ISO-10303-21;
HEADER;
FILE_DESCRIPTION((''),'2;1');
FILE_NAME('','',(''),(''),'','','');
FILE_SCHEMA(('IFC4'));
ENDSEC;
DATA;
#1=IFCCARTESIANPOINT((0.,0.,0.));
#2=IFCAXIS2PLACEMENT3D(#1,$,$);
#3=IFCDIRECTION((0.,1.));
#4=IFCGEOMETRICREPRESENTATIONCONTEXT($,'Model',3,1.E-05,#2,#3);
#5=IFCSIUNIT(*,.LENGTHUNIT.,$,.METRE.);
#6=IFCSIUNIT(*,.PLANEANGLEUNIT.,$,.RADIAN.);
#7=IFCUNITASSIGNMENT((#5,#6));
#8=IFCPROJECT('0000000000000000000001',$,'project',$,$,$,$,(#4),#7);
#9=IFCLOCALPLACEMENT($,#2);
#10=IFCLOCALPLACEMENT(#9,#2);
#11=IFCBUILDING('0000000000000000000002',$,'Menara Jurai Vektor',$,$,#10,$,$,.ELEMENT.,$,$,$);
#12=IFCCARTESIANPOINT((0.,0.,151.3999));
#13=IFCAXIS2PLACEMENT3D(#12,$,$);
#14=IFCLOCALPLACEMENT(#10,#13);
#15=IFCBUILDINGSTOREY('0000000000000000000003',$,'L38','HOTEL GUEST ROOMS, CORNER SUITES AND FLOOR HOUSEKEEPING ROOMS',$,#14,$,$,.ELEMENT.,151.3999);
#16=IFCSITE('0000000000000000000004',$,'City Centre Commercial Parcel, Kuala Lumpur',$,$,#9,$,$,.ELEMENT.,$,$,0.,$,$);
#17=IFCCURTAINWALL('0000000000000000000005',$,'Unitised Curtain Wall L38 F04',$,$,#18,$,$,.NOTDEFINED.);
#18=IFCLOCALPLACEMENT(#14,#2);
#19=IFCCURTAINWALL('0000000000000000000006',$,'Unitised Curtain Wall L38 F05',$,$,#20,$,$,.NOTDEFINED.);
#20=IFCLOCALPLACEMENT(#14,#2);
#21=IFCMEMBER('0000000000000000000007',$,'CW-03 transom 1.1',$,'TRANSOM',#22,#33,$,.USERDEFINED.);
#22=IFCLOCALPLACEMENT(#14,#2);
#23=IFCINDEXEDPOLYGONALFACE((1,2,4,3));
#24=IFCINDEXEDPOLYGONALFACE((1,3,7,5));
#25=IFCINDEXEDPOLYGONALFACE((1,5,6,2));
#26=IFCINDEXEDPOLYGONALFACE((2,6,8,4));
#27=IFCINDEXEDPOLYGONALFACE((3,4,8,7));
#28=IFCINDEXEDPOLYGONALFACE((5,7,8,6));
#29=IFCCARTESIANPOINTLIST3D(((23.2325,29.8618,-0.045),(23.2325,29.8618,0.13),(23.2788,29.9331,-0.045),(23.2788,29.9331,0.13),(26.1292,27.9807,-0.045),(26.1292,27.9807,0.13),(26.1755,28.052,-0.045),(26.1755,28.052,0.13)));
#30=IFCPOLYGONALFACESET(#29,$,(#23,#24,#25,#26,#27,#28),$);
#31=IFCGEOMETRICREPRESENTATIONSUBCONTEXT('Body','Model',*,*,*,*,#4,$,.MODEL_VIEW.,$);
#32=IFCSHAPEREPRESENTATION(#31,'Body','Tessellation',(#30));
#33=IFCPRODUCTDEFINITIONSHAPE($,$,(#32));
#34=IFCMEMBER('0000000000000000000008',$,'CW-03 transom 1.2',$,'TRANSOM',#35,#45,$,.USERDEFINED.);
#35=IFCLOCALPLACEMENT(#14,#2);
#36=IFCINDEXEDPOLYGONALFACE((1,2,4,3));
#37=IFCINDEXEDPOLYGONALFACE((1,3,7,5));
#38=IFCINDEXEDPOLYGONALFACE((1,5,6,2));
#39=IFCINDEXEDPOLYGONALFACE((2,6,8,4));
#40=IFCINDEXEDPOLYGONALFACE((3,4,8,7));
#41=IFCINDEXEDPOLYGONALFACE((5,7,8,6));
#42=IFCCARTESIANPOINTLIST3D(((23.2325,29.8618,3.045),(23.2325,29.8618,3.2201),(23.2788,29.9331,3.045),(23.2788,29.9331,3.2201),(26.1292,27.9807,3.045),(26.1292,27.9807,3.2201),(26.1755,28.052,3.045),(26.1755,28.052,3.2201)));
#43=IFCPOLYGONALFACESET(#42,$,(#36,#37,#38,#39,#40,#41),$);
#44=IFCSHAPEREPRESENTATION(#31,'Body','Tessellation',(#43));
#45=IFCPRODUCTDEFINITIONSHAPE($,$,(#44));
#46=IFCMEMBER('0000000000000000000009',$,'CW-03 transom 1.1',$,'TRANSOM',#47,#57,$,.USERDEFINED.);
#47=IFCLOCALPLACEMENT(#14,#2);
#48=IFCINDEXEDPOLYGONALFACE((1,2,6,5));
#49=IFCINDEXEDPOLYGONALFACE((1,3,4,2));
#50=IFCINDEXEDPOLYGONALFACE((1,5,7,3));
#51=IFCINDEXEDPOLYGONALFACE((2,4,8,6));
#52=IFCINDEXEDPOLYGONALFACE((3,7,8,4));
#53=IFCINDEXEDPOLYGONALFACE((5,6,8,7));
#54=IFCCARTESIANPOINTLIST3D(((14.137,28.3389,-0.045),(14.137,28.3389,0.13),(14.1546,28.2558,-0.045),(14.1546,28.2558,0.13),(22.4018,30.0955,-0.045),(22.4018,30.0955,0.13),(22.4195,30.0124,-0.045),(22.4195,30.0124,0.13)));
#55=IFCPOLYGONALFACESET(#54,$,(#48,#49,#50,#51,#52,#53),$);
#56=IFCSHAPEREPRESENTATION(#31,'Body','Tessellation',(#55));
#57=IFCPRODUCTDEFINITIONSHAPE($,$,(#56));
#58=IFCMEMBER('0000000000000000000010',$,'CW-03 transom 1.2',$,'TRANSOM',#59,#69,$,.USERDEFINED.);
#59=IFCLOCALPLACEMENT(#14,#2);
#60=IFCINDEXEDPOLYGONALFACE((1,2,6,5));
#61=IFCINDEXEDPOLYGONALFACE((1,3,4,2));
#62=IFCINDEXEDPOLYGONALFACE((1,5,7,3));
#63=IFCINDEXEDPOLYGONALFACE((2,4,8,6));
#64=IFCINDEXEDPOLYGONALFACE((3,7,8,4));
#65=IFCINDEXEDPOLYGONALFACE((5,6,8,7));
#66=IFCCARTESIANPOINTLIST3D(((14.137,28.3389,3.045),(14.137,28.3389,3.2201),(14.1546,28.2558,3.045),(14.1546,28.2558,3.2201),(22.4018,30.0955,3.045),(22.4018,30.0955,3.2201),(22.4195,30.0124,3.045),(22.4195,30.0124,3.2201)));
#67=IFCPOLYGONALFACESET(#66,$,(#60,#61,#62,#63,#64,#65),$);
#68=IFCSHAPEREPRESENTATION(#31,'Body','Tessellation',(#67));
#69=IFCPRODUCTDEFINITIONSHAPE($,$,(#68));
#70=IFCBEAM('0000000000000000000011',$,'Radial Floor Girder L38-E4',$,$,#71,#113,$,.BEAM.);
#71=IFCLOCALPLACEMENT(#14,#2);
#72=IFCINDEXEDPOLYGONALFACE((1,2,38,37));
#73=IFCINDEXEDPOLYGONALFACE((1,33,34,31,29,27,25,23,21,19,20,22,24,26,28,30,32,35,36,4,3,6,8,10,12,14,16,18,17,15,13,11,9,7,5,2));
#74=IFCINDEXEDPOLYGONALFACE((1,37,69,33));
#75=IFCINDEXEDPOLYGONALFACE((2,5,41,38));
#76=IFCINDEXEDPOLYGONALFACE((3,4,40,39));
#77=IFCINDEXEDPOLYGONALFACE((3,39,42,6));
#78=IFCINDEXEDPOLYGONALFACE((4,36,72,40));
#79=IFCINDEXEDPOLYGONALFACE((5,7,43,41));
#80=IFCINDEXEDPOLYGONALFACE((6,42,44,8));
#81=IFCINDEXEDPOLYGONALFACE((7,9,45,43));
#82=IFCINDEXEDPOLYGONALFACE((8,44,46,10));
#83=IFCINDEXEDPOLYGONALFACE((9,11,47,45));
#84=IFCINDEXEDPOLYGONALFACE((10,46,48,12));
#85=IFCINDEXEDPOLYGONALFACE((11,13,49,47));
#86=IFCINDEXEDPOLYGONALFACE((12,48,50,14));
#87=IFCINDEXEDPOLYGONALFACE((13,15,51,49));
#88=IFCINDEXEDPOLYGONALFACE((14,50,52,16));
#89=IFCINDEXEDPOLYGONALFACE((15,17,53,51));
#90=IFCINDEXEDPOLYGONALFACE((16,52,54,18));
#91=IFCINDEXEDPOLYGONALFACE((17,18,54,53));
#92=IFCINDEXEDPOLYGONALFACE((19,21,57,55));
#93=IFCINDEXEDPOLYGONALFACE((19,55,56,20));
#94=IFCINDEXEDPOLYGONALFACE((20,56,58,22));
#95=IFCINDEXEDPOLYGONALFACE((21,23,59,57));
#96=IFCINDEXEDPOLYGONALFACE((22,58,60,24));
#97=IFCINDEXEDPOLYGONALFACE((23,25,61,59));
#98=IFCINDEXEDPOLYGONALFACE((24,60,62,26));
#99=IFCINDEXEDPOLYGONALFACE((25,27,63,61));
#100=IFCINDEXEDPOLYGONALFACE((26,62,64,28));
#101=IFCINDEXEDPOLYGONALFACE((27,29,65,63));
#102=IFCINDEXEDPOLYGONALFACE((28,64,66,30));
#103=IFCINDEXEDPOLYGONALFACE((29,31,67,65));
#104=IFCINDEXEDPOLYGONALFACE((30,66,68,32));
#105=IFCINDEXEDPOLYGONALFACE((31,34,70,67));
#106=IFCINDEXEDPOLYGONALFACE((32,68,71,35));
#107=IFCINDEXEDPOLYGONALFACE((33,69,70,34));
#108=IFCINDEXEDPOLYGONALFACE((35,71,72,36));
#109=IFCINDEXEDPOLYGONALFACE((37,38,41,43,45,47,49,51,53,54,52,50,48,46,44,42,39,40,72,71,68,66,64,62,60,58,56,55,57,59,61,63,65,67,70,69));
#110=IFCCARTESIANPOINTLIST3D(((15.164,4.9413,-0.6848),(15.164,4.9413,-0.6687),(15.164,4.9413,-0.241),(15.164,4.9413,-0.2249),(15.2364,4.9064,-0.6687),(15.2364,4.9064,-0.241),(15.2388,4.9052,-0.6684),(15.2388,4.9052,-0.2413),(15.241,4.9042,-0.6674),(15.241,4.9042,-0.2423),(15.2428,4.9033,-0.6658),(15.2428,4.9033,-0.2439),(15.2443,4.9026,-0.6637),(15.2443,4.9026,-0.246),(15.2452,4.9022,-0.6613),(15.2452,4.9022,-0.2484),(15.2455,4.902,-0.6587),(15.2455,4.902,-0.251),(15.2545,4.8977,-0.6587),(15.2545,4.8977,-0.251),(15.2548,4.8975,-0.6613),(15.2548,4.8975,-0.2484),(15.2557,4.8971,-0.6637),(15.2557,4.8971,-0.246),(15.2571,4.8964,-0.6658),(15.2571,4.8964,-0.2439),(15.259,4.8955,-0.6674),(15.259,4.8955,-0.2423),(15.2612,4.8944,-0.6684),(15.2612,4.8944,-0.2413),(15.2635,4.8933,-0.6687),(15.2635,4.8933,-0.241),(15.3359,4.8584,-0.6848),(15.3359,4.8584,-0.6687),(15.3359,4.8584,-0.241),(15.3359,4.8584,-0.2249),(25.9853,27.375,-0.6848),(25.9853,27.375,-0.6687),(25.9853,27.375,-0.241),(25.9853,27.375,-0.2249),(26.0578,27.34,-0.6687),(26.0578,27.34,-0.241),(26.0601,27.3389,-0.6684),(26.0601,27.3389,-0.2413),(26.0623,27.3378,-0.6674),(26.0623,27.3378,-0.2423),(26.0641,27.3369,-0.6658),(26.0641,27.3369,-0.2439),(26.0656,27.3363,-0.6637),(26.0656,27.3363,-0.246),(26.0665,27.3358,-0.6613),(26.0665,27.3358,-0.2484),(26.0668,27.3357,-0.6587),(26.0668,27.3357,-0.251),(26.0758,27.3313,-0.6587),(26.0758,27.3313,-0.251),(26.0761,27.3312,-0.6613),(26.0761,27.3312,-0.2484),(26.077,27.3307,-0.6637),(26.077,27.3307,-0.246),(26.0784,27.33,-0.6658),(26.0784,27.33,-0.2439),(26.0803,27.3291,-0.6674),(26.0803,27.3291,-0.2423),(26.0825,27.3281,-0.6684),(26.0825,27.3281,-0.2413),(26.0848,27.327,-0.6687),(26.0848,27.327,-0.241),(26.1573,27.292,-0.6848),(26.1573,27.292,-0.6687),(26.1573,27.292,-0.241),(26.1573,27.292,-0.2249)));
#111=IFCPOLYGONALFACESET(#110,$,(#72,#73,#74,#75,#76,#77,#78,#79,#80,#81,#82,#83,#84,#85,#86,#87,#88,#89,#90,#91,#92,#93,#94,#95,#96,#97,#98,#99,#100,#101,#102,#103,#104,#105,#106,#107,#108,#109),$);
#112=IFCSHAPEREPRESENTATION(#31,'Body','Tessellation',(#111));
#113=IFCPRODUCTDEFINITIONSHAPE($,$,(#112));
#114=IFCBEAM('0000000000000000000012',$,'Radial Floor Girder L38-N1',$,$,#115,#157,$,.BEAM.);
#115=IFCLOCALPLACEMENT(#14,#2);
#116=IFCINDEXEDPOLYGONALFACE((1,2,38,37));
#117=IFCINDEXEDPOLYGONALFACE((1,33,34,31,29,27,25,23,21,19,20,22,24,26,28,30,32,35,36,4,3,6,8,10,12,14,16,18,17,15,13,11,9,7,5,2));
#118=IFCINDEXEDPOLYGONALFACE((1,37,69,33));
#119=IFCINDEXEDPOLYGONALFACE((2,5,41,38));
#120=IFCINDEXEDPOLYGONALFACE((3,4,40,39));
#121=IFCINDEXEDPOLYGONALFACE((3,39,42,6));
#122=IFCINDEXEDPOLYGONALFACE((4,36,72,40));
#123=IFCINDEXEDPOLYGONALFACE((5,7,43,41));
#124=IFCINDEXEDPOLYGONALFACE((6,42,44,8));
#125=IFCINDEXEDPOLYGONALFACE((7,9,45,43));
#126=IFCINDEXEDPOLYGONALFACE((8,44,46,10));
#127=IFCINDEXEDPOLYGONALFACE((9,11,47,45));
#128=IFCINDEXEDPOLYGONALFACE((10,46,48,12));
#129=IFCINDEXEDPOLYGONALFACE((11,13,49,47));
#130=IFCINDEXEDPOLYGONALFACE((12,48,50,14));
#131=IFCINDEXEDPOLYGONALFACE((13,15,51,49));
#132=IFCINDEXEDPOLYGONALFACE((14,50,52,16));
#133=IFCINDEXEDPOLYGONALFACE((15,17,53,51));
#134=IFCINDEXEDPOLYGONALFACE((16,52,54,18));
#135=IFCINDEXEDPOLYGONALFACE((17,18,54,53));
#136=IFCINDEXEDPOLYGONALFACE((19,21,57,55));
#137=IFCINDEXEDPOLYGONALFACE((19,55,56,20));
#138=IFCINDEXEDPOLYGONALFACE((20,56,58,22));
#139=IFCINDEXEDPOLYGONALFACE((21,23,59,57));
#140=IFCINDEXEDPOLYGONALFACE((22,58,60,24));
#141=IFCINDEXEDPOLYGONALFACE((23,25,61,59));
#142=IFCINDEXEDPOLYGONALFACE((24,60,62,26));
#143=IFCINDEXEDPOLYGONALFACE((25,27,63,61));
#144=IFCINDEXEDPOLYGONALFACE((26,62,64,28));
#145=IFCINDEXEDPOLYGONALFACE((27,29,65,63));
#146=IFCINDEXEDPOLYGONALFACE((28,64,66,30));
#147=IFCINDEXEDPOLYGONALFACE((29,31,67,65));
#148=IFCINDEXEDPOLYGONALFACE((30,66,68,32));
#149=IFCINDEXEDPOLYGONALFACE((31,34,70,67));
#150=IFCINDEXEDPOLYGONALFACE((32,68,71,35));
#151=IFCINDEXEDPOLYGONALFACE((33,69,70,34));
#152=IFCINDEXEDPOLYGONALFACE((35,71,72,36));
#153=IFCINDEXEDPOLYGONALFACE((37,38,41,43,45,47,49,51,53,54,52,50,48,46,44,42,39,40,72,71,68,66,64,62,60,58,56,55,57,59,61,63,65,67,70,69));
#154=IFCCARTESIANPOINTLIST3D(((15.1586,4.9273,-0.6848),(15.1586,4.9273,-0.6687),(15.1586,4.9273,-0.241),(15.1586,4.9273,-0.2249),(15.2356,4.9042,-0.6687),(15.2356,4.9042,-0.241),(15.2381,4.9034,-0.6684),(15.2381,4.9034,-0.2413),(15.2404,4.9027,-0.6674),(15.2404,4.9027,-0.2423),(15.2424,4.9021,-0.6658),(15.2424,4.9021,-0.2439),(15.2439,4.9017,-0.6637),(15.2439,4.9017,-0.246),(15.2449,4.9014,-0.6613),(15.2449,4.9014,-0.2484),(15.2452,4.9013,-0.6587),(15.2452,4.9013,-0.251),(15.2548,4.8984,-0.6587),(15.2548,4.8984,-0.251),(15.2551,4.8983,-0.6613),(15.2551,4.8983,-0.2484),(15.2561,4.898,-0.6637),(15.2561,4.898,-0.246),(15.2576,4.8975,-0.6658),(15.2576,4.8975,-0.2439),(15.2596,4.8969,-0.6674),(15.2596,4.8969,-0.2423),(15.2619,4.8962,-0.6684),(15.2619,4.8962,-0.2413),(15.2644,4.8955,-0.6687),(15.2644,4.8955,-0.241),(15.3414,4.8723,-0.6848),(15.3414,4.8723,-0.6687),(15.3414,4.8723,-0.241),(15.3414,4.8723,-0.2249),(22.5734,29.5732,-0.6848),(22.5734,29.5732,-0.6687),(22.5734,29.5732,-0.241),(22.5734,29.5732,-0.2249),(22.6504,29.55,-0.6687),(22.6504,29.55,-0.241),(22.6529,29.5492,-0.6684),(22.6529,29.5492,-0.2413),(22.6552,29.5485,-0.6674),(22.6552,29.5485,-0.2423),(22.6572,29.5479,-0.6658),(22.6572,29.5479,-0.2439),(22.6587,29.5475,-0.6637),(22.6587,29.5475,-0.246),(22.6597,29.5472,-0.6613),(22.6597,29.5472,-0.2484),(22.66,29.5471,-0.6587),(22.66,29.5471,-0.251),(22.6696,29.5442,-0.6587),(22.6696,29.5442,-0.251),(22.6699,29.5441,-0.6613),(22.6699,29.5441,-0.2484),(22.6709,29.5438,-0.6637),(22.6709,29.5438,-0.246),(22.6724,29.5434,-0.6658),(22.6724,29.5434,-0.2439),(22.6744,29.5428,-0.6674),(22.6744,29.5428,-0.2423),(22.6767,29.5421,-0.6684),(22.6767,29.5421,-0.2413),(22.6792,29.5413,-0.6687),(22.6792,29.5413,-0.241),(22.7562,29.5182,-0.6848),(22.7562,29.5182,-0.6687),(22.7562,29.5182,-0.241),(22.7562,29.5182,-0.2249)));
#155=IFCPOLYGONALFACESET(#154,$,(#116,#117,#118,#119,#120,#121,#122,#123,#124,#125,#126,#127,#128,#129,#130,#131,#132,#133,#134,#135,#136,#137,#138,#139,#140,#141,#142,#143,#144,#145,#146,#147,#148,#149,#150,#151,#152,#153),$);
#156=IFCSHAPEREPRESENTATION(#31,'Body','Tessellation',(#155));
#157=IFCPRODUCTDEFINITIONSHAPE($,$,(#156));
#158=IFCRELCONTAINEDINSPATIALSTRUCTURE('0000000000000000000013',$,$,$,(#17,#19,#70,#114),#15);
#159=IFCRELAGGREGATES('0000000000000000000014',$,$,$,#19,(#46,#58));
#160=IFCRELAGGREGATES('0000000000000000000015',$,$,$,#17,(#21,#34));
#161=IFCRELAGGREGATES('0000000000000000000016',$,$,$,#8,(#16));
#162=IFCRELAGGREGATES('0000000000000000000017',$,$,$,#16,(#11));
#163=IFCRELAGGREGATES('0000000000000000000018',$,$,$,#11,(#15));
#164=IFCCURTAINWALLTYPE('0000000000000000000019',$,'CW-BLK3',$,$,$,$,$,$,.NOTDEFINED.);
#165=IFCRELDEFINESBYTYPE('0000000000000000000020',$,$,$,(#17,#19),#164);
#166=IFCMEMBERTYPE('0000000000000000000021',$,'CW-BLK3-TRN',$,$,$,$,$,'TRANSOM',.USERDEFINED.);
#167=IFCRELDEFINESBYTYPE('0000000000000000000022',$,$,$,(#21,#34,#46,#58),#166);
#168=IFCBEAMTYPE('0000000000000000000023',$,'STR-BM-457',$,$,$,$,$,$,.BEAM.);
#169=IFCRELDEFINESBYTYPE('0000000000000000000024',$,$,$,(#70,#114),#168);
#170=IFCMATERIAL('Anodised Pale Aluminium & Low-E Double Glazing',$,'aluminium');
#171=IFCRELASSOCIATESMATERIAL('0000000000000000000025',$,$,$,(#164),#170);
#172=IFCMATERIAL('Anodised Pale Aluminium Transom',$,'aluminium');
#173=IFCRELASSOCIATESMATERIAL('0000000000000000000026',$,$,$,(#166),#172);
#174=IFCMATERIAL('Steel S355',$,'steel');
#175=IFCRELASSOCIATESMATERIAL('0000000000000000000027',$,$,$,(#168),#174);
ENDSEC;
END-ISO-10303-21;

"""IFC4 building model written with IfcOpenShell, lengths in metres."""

from ifc_helpers import new_model, si_unit, direction, frame, origin, origin_2d, place, context, subcontext, project, spatial, rectangle, i_section, extrude, material, material_profile, profile_set, type_object, element, aggregate, save


model = new_model("IFC4")

# Units and contexts
model_context = context("Model", 3, precision=1e-05, world=origin(), true_north=direction((0.0, 1.0)))
body_context = subcontext(model_context, "Body", "Model", "MODEL_VIEW")
ifc_project = project(units=[si_unit("LENGTHUNIT", "METRE"), si_unit("PLANEANGLEUNIT", "RADIAN")], contexts=[model_context])

# Site, building, storey
site_placement = place(None, origin())
site = spatial("IfcSite", under=ifc_project, at=site_placement, Name="City Centre Commercial Parcel, Kuala Lumpur", CompositionType="ELEMENT", RefElevation=0.0)
building_placement = place(site_placement, origin())
building = spatial("IfcBuilding", under=site, at=building_placement, Name="Menara Jurai Vektor", CompositionType="ELEMENT")
storey_placement = place(building_placement, frame((0.0, 0.0, 151.3999)))
storey = spatial("IfcBuildingStorey", under=building, at=storey_placement, Name="L38", Description="HOTEL GUEST ROOMS, CORNER SUITES AND FLOOR HOUSEKEEPING ROOMS", CompositionType="ELEMENT", Elevation=151.3999)

# Curtain wall
ifc_material_1 = material(Name="Anodised Pale Aluminium & Low-E Double Glazing", Category="aluminium")
curtain_wall_type = type_object("IfcCurtainWallType", Name="CW-BLK3", PredefinedType="NOTDEFINED", material=ifc_material_1)
curtain_wall_1_placement = place(storey_placement, origin())
curtain_wall_1 = element("IfcCurtainWall", 1, at=curtain_wall_1_placement, inside=storey, type_object=curtain_wall_type, Name="Unitised Curtain Wall L38 F04", PredefinedType="NOTDEFINED")

# Curtain wall
curtain_wall_2_placement = place(storey_placement, origin())
curtain_wall_2 = element("IfcCurtainWall", 2, at=curtain_wall_2_placement, inside=storey, type_object=curtain_wall_type, Name="Unitised Curtain Wall L38 F05", PredefinedType="NOTDEFINED")

# Members
ifc_material_2 = material(Name="Anodised Pale Aluminium Transom", Category="aluminium")
ifc_material_profile_1 = material_profile(ifc_material_2, rectangle(XDim=0.085, YDim=0.175, at=origin_2d()), Name="ALU TRN 85x175")
ifc_profile_set_1 = profile_set([ifc_material_profile_1], Name="Anodised Pale Aluminium Transom")
member_type_1 = type_object("IfcMemberType", Name="CW-BLK3-TRN", ElementType="TRANSOM", PredefinedType="USERDEFINED", material=ifc_profile_set_1)
member_1_placement = place(storey_placement, frame((26.1523, 28.0164, 0.0425), z_axis=(-0.838678, 0.544628, 0.0), x_axis=(-0.544628, -0.838678, 0.0)))
member_1 = element("IfcMember", 3, at=member_1_placement, type_object=member_type_1, Name="CW-03 transom 1.1", ObjectType="TRANSOM", PredefinedType="USERDEFINED", context=body_context, shape_type="SweptSolid", body=[
    extrude(rectangle(XDim=0.085, YDim=0.175, at=origin_2d()), origin(), (0.0, 0.0, 1.0), 3.4539),
])
member_2_placement = place(storey_placement, frame((26.1523, 28.0164, 3.1326), z_axis=(-0.838678, 0.544628, 0.0), x_axis=(-0.544628, -0.838678, 0.0)))
member_2 = element("IfcMember", 4, at=member_2_placement, type_object=member_type_1, Name="CW-03 transom 1.2", ObjectType="TRANSOM", PredefinedType="USERDEFINED", context=body_context, shape_type="SweptSolid", body=[
    extrude(rectangle(XDim=0.085, YDim=0.175, at=origin_2d()), origin(), (0.0, 0.0, 1.0), 3.4539),
])
member_3_placement = place(storey_placement, frame((22.4106, 30.054, 0.0425), z_axis=(-0.978152, -0.207893, 0.0), x_axis=(0.207893, -0.978152, 0.0)))
member_3 = element("IfcMember", 5, at=member_3_placement, type_object=member_type_1, Name="CW-03 transom 1.1", ObjectType="TRANSOM", PredefinedType="USERDEFINED", context=body_context, shape_type="SweptSolid", body=[
    extrude(rectangle(XDim=0.085, YDim=0.175, at=origin_2d()), origin(), (0.0, 0.0, 1.0), 8.4495),
])
member_4_placement = place(storey_placement, frame((22.4106, 30.054, 3.1326), z_axis=(-0.978152, -0.207893, 0.0), x_axis=(0.207893, -0.978152, 0.0)))
member_4 = element("IfcMember", 6, at=member_4_placement, type_object=member_type_1, Name="CW-03 transom 1.2", ObjectType="TRANSOM", PredefinedType="USERDEFINED", context=body_context, shape_type="SweptSolid", body=[
    extrude(rectangle(XDim=0.085, YDim=0.175, at=origin_2d()), origin(), (0.0, 0.0, 1.0), 8.4495),
])

# Beams
ifc_material_3 = material(Name="Steel S355", Category="steel")
ifc_material_profile_2 = material_profile(ifc_material_3, i_section(OverallWidth=0.1909, OverallDepth=0.46, WebThickness=0.01, FlangeThickness=0.0161, FilletRadius=0.01, at=origin_2d()), Name="UKB 457x191x82")
ifc_profile_set_2 = profile_set([ifc_material_profile_2], Name="Steel S355")
beam_type_1 = type_object("IfcBeamType", Name="STR-BM-457", PredefinedType="BEAM", material=ifc_profile_set_2)
beam_1_placement = place(storey_placement, frame((26.0713, 27.3335, -0.4548), z_axis=(-0.434465, -0.900689, 0.0), x_axis=(0.900689, -0.434465, 0.0)))
element("IfcBeam", 7, at=beam_1_placement, inside=storey, type_object=beam_type_1, Name="Radial Floor Girder L38-E4", PredefinedType="BEAM", context=body_context, shape_type="SweptSolid", body=[
    extrude(i_section(OverallWidth=0.1909, OverallDepth=0.46, WebThickness=0.01, FlangeThickness=0.0161, FilletRadius=0.01, at=origin_2d()), origin(), (0.0, 0.0, 1.0), 24.9072),
])
beam_2_placement = place(storey_placement, frame((22.6648, 29.5457, -0.4548), z_axis=(-0.288099, -0.957601, 0.0), x_axis=(0.957601, -0.288099, 0.0)))
element("IfcBeam", 8, at=beam_2_placement, inside=storey, type_object=beam_type_1, Name="Radial Floor Girder L38-N1", PredefinedType="BEAM", context=body_context, shape_type="SweptSolid", body=[
    extrude(i_section(OverallWidth=0.1909, OverallDepth=0.46, WebThickness=0.01, FlangeThickness=0.0161, FilletRadius=0.01, at=origin_2d()), origin(), (0.0, 0.0, 1.0), 25.7371),
])

aggregate(curtain_wall_2, [member_3, member_4])
aggregate(curtain_wall_1, [member_1, member_2])

save(model, "model.ifc")
